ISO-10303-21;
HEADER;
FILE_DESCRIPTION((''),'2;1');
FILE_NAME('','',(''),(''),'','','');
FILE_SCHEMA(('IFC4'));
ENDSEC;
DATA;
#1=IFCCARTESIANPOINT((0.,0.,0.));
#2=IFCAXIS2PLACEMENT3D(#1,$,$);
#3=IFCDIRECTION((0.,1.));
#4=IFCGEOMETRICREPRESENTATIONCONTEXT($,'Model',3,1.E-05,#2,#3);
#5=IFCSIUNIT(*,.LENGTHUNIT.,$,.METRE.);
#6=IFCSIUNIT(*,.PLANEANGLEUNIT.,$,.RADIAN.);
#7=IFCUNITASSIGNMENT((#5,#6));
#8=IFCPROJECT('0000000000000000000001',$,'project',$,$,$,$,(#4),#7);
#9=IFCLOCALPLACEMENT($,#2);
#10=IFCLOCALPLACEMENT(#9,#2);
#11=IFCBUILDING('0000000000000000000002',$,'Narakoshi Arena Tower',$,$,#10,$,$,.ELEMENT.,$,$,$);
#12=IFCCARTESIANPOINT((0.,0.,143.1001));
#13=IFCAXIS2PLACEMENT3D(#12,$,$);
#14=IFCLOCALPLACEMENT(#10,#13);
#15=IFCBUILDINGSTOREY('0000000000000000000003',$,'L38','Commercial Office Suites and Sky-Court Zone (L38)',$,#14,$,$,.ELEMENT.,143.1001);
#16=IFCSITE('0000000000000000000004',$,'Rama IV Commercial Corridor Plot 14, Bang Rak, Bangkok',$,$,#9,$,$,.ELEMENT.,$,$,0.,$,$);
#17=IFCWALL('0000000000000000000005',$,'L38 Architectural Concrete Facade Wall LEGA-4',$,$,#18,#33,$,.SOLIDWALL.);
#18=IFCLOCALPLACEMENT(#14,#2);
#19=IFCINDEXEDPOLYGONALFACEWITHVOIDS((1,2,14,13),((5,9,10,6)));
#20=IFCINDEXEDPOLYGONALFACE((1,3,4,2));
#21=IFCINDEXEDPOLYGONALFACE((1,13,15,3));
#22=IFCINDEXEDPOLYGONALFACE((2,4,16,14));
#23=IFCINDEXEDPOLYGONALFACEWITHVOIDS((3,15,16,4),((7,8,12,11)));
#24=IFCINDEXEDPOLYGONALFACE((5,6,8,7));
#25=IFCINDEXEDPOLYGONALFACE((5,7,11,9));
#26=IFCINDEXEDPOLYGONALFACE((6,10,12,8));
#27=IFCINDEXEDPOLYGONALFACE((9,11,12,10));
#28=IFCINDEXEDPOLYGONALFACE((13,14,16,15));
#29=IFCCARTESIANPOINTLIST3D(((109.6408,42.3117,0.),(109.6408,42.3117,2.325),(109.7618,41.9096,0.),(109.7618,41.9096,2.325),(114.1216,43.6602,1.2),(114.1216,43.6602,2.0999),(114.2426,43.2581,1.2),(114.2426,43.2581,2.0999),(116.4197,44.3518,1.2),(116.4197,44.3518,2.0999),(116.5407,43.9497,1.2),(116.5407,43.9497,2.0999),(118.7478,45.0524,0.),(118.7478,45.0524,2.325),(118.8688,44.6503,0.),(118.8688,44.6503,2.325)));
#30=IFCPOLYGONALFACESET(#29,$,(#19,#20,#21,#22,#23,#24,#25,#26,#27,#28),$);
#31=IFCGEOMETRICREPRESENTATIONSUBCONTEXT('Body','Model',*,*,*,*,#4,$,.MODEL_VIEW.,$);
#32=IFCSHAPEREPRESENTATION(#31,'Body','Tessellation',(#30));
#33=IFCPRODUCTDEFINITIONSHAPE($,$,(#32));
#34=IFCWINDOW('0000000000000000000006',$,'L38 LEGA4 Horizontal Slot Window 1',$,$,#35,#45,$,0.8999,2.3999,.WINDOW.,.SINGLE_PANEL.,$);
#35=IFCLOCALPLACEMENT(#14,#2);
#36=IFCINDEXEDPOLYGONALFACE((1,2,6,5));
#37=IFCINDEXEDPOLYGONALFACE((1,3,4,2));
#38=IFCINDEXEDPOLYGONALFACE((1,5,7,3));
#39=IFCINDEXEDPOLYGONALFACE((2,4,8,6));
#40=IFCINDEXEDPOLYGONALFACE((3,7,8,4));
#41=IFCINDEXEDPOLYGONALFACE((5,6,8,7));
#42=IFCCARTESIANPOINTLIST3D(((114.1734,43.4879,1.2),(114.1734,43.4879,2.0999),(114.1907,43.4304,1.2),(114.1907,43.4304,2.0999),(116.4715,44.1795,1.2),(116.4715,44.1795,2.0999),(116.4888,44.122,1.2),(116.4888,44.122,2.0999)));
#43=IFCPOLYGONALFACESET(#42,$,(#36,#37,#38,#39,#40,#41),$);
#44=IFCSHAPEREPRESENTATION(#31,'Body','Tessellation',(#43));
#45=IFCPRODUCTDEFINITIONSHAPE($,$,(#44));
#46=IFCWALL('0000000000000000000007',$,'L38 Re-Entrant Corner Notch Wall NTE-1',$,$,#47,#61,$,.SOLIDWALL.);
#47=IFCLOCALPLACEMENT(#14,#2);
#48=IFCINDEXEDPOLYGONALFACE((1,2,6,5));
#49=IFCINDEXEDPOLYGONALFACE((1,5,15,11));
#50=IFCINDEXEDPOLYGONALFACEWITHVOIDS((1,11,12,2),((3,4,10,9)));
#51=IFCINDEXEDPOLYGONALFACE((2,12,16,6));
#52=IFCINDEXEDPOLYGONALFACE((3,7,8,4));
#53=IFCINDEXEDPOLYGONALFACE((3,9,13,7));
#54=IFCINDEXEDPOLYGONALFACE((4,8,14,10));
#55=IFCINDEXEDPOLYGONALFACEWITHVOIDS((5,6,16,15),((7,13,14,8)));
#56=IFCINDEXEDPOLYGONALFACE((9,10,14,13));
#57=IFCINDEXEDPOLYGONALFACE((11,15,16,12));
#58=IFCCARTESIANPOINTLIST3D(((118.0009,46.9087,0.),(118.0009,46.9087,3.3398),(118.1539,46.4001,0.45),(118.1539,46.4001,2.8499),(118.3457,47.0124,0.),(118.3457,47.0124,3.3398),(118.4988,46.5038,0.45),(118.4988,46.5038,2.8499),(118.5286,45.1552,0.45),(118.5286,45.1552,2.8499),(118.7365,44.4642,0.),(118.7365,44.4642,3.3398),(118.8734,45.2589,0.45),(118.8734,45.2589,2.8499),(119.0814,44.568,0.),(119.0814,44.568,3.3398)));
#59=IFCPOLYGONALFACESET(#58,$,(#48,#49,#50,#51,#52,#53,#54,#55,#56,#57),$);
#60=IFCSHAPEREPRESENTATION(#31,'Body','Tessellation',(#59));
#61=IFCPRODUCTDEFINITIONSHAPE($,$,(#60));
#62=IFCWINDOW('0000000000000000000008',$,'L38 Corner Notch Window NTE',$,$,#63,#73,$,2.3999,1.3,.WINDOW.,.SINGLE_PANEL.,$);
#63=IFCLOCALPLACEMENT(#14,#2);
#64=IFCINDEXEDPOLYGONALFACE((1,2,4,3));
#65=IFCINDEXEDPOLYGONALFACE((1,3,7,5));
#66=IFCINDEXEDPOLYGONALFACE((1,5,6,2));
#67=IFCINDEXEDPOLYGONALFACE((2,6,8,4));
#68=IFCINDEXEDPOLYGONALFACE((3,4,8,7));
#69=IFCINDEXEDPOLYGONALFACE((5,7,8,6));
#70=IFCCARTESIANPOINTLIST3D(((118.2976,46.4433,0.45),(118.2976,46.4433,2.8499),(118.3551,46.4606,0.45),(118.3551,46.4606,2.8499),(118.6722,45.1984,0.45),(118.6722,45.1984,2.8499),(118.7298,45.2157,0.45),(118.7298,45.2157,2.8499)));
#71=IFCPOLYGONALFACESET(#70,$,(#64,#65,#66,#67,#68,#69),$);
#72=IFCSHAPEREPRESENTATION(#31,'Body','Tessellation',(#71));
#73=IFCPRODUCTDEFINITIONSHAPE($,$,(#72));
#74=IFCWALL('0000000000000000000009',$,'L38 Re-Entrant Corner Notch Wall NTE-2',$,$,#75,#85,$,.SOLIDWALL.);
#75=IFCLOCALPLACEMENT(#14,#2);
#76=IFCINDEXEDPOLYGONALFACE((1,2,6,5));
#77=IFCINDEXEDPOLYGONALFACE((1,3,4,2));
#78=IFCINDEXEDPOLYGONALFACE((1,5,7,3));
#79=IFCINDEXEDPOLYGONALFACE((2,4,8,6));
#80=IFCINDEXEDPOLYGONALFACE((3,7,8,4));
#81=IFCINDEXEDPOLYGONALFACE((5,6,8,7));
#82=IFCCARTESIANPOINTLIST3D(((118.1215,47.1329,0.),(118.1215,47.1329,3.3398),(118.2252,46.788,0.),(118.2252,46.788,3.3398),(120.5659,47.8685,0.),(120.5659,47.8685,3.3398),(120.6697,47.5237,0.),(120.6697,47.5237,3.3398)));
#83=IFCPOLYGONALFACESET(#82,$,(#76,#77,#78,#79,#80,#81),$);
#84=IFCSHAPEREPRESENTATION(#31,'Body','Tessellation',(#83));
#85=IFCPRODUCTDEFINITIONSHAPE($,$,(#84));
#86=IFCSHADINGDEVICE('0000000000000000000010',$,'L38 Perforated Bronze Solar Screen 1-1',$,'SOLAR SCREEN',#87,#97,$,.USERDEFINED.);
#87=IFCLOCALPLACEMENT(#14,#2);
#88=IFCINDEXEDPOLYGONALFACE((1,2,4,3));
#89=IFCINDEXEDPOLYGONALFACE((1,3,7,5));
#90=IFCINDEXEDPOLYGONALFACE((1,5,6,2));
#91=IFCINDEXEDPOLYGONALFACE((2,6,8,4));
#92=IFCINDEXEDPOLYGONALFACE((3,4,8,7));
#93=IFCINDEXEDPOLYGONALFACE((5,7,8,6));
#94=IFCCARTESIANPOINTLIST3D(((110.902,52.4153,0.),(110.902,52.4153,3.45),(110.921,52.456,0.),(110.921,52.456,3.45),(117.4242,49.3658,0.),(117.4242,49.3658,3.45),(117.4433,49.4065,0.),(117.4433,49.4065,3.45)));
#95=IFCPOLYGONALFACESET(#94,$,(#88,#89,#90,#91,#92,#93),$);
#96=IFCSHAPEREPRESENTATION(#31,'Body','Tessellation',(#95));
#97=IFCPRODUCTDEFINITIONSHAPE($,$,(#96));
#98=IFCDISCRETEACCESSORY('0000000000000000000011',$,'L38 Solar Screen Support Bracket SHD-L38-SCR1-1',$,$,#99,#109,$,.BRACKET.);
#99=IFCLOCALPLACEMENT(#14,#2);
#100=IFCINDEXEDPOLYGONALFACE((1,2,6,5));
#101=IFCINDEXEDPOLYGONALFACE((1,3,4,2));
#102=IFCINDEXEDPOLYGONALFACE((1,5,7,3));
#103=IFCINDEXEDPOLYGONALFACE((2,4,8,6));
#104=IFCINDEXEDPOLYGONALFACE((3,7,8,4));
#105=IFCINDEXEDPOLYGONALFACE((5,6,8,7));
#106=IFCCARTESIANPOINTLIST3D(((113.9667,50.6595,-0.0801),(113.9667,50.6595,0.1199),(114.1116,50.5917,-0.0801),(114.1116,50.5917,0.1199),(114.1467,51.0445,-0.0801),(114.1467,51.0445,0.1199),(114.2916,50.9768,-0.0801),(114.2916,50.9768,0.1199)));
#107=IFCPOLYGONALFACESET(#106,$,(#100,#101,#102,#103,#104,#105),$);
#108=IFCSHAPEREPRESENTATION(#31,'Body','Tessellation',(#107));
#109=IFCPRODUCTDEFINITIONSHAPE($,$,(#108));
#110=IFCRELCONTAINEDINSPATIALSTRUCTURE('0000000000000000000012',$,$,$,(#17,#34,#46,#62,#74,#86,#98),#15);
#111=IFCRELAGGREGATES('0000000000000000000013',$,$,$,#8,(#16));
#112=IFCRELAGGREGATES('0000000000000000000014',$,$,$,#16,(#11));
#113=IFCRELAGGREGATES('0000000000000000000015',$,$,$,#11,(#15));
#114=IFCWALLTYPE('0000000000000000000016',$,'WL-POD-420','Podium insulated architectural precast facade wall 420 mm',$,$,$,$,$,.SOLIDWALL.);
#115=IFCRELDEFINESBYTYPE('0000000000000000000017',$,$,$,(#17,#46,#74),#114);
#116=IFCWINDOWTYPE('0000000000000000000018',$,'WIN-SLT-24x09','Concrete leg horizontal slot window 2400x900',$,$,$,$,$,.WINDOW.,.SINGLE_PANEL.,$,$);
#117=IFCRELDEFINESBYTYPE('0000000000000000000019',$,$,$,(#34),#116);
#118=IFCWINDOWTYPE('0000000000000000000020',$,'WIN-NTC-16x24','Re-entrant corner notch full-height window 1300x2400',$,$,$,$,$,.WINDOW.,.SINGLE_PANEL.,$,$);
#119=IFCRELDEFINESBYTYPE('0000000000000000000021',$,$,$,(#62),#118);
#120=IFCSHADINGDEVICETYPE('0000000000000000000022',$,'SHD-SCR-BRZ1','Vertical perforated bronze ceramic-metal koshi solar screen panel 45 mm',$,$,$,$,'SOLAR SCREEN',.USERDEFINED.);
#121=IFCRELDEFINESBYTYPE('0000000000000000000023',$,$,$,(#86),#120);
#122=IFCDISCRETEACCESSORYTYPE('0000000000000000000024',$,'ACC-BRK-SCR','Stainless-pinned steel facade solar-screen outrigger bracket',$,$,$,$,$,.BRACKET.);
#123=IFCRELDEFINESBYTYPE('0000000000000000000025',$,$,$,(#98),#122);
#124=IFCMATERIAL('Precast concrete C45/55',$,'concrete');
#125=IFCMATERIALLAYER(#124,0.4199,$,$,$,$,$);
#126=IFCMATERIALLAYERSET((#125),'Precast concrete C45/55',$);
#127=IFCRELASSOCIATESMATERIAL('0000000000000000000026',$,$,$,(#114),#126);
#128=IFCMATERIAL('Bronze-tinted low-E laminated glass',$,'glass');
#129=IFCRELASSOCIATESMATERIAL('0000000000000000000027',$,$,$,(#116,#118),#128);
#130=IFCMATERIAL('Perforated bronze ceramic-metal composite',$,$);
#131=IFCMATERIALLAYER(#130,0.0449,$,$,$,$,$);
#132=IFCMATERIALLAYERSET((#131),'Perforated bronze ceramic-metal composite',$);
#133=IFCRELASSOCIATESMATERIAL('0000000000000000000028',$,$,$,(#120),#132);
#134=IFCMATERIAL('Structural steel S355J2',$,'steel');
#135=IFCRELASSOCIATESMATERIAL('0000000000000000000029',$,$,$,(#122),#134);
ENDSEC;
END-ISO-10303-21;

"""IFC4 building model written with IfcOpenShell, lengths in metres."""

from ifc_helpers import new_model, si_unit, direction, frame, frame_2d, origin, origin_2d, place, context, subcontext, project, spatial, rectangle, extrude, material, layer, layer_set, type_object, element, fill, save


model = new_model("IFC4")

# Units and contexts
model_context = context("Model", 3, precision=1e-05, world=origin(), true_north=direction((0.0, 1.0)))
body_context = subcontext(model_context, "Body", "Model", "MODEL_VIEW")
ifc_project = project(units=[si_unit("LENGTHUNIT", "METRE"), si_unit("PLANEANGLEUNIT", "RADIAN")], contexts=[model_context])

# Site, building, storey
site_placement = place(None, origin())
site = spatial("IfcSite", under=ifc_project, at=site_placement, Name="Rama IV Commercial Corridor Plot 14, Bang Rak, Bangkok", CompositionType="ELEMENT", RefElevation=0.0)
building_placement = place(site_placement, origin())
building = spatial("IfcBuilding", under=site, at=building_placement, Name="Narakoshi Arena Tower", CompositionType="ELEMENT")
storey_placement = place(building_placement, frame((0.0, 0.0, 143.1001)))
storey = spatial("IfcBuildingStorey", under=building, at=storey_placement, Name="L38", Description="Commercial Office Suites and Sky-Court Zone (L38)", CompositionType="ELEMENT", Elevation=143.1001)

# Shared definitions
ifc_material_1 = material(Name="Structural steel S355J2", Category="steel")

# Shared definitions
ifc_material_2 = material(Name="Bronze-tinted low-E laminated glass", Category="glass")

# Shared definitions
ifc_material_3 = material(Name="Precast concrete C45/55", Category="concrete")

# Walls, openings, windows
ifc_layer_1 = layer(ifc_material_3, 0.4199)
ifc_layer_set_1 = layer_set([ifc_layer_1], Name="Precast concrete C45/55")
wall_type_1 = type_object("IfcWallType", Name="WL-POD-420", Description="Podium insulated architectural precast facade wall 420 mm", PredefinedType="SOLIDWALL", material=ifc_layer_set_1)
wall_1_placement = place(storey_placement, frame((109.7012, 42.1106, 0.0), z_axis=(0.0, 0.0, 1.0), x_axis=(0.957576, 0.288181, 0.0)))
wall_1 = element("IfcWall", 1, at=wall_1_placement, inside=storey, type_object=wall_type_1, Name="L38 Architectural Concrete Facade Wall LEGA-4", PredefinedType="SOLIDWALL", context=body_context, shape_type="SweptSolid", body=[
    extrude(rectangle(XDim=9.5105, YDim=0.4199, at=frame_2d((4.7554, 0.0))), origin(), (0.0, 0.0, 1.0), 2.325),
])
opening_1_placement = place(wall_1_placement, frame((4.6794, 0.0, 1.2)))
opening_1 = element("IfcOpeningElement", 2, at=opening_1_placement, cuts=wall_1, PredefinedType="OPENING", context=body_context, shape_type="SweptSolid", body=[
    extrude(rectangle(XDim=2.3999, YDim=0.8999, at=frame_2d((1.2, 0.45))), frame((0.0, 0.22, 0.0), z_axis=(0.0, -1.0, 0.0), x_axis=(1.0, 0.0, 0.0)), (0.0, 0.0, 1.0), 0.4399),
])
window_type_1 = type_object("IfcWindowType", Name="WIN-SLT-24x09", Description="Concrete leg horizontal slot window 2400x900", PartitioningType="SINGLE_PANEL", PredefinedType="WINDOW", material=ifc_material_2)
window_1_placement = place(opening_1_placement, origin())
window_1 = element("IfcWindow", 3, at=window_1_placement, inside=storey, type_object=window_type_1, Name="L38 LEGA4 Horizontal Slot Window 1", OverallHeight=0.8999, OverallWidth=2.3999, PartitioningType="SINGLE_PANEL", PredefinedType="WINDOW", context=body_context, shape_type="SweptSolid", body=[
    extrude(rectangle(XDim=2.3999, YDim=0.8999, at=frame_2d((1.2, 0.45))), frame((0.0, 0.03, 0.0), z_axis=(0.0, -1.0, 0.0), x_axis=(1.0, 0.0, 0.0)), (0.0, 0.0, 1.0), 0.0601),
])
fill(opening_1, window_1)
wall_2_placement = place(storey_placement, frame((118.9089, 44.5161, 0.0), z_axis=(0.0, 0.0, 1.0), x_axis=(-0.288173, 0.957578, 0.0)))
wall_2 = element("IfcWall", 4, at=wall_2_placement, inside=storey, type_object=wall_type_1, Name="L38 Re-Entrant Corner Notch Wall NTE-1", PredefinedType="SOLIDWALL", context=body_context, shape_type="SweptSolid", body=[
    extrude(rectangle(XDim=2.5527, YDim=0.3601, at=frame_2d((1.2764, 0.0))), origin(), (0.0, 0.0, 1.0), 3.3398),
])
opening_2_placement = place(wall_2_placement, frame((0.7217, 0.0, 0.45)))
opening_2 = element("IfcOpeningElement", 5, at=opening_2_placement, cuts=wall_2, PredefinedType="OPENING", context=body_context, shape_type="SweptSolid", body=[
    extrude(rectangle(XDim=1.3, YDim=2.3999, at=frame_2d((0.6499, 1.2))), frame((0.0, 0.1899, 0.0), z_axis=(0.0, -1.0, 0.0), x_axis=(1.0, 0.0, 0.0)), (0.0, 0.0, 1.0), 0.3801),
])
window_type_2 = type_object("IfcWindowType", Name="WIN-NTC-16x24", Description="Re-entrant corner notch full-height window 1300x2400", PartitioningType="SINGLE_PANEL", PredefinedType="WINDOW", material=ifc_material_2)
window_2_placement = place(opening_2_placement, origin())
window_2 = element("IfcWindow", 6, at=window_2_placement, inside=storey, type_object=window_type_2, Name="L38 Corner Notch Window NTE", OverallHeight=2.3999, OverallWidth=1.3, PartitioningType="SINGLE_PANEL", PredefinedType="WINDOW", context=body_context, shape_type="SweptSolid", body=[
    extrude(rectangle(XDim=1.3, YDim=2.3999, at=frame_2d((0.6499, 1.2))), frame((0.0, 0.03, 0.0), z_axis=(0.0, -1.0, 0.0), x_axis=(1.0, 0.0, 0.0)), (0.0, 0.0, 1.0), 0.0601),
])
fill(opening_2, window_2)

# Wall
wall_3_placement = place(storey_placement, frame((118.1733, 46.9604, 0.0), z_axis=(0.0, 0.0, 1.0), x_axis=(0.957578, 0.288173, 0.0)))
element("IfcWall", 7, at=wall_3_placement, inside=storey, type_object=wall_type_1, Name="L38 Re-Entrant Corner Notch Wall NTE-2", PredefinedType="SOLIDWALL", context=body_context, shape_type="SweptSolid", body=[
    extrude(rectangle(XDim=2.5527, YDim=0.3601, at=frame_2d((1.2764, 0.0))), origin(), (0.0, 0.0, 1.0), 3.3398),
])

# Shading device
ifc_material_4 = material(Name="Perforated bronze ceramic-metal composite")
ifc_layer_2 = layer(ifc_material_4, 0.0449)
ifc_layer_set_2 = layer_set([ifc_layer_2], Name="Perforated bronze ceramic-metal composite")
shading_device_type = type_object("IfcShadingDeviceType", Name="SHD-SCR-BRZ1", Description="Vertical perforated bronze ceramic-metal koshi solar screen panel 45 mm", ElementType="SOLAR SCREEN", PredefinedType="USERDEFINED", material=ifc_layer_set_2)
shading_device_placement = place(storey_placement, frame((114.1726, 50.9109, 0.0), z_axis=(0.0, 0.0, 1.0), x_axis=(-0.90588, 0.423535, 0.0)))
element("IfcShadingDevice", 8, at=shading_device_placement, inside=storey, type_object=shading_device_type, Name="L38 Perforated Bronze Solar Screen 1-1", ObjectType="SOLAR SCREEN", PredefinedType="USERDEFINED", context=body_context, shape_type="SweptSolid", body=[
    extrude(rectangle(XDim=7.2, YDim=0.0449, at=origin_2d()), origin(), (0.0, 0.0, 1.0), 3.45),
])

# Discrete accessory
discrete_accessory_type = type_object("IfcDiscreteAccessoryType", Name="ACC-BRK-SCR", Description="Stainless-pinned steel facade solar-screen outrigger bracket", PredefinedType="BRACKET", material=ifc_material_1)
discrete_accessory_placement = place(storey_placement, frame((114.1292, 50.8181, -0.0801), z_axis=(0.0, 0.0, 1.0), x_axis=(-0.90588, 0.423535, 0.0)))
element("IfcDiscreteAccessory", 9, at=discrete_accessory_placement, inside=storey, type_object=discrete_accessory_type, Name="L38 Solar Screen Support Bracket SHD-L38-SCR1-1", PredefinedType="BRACKET", context=body_context, shape_type="SweptSolid", body=[
    extrude(rectangle(XDim=0.1599, YDim=0.425, at=origin_2d()), origin(), (0.0, 0.0, 1.0), 0.2),
])

save(model, "model.ifc")
